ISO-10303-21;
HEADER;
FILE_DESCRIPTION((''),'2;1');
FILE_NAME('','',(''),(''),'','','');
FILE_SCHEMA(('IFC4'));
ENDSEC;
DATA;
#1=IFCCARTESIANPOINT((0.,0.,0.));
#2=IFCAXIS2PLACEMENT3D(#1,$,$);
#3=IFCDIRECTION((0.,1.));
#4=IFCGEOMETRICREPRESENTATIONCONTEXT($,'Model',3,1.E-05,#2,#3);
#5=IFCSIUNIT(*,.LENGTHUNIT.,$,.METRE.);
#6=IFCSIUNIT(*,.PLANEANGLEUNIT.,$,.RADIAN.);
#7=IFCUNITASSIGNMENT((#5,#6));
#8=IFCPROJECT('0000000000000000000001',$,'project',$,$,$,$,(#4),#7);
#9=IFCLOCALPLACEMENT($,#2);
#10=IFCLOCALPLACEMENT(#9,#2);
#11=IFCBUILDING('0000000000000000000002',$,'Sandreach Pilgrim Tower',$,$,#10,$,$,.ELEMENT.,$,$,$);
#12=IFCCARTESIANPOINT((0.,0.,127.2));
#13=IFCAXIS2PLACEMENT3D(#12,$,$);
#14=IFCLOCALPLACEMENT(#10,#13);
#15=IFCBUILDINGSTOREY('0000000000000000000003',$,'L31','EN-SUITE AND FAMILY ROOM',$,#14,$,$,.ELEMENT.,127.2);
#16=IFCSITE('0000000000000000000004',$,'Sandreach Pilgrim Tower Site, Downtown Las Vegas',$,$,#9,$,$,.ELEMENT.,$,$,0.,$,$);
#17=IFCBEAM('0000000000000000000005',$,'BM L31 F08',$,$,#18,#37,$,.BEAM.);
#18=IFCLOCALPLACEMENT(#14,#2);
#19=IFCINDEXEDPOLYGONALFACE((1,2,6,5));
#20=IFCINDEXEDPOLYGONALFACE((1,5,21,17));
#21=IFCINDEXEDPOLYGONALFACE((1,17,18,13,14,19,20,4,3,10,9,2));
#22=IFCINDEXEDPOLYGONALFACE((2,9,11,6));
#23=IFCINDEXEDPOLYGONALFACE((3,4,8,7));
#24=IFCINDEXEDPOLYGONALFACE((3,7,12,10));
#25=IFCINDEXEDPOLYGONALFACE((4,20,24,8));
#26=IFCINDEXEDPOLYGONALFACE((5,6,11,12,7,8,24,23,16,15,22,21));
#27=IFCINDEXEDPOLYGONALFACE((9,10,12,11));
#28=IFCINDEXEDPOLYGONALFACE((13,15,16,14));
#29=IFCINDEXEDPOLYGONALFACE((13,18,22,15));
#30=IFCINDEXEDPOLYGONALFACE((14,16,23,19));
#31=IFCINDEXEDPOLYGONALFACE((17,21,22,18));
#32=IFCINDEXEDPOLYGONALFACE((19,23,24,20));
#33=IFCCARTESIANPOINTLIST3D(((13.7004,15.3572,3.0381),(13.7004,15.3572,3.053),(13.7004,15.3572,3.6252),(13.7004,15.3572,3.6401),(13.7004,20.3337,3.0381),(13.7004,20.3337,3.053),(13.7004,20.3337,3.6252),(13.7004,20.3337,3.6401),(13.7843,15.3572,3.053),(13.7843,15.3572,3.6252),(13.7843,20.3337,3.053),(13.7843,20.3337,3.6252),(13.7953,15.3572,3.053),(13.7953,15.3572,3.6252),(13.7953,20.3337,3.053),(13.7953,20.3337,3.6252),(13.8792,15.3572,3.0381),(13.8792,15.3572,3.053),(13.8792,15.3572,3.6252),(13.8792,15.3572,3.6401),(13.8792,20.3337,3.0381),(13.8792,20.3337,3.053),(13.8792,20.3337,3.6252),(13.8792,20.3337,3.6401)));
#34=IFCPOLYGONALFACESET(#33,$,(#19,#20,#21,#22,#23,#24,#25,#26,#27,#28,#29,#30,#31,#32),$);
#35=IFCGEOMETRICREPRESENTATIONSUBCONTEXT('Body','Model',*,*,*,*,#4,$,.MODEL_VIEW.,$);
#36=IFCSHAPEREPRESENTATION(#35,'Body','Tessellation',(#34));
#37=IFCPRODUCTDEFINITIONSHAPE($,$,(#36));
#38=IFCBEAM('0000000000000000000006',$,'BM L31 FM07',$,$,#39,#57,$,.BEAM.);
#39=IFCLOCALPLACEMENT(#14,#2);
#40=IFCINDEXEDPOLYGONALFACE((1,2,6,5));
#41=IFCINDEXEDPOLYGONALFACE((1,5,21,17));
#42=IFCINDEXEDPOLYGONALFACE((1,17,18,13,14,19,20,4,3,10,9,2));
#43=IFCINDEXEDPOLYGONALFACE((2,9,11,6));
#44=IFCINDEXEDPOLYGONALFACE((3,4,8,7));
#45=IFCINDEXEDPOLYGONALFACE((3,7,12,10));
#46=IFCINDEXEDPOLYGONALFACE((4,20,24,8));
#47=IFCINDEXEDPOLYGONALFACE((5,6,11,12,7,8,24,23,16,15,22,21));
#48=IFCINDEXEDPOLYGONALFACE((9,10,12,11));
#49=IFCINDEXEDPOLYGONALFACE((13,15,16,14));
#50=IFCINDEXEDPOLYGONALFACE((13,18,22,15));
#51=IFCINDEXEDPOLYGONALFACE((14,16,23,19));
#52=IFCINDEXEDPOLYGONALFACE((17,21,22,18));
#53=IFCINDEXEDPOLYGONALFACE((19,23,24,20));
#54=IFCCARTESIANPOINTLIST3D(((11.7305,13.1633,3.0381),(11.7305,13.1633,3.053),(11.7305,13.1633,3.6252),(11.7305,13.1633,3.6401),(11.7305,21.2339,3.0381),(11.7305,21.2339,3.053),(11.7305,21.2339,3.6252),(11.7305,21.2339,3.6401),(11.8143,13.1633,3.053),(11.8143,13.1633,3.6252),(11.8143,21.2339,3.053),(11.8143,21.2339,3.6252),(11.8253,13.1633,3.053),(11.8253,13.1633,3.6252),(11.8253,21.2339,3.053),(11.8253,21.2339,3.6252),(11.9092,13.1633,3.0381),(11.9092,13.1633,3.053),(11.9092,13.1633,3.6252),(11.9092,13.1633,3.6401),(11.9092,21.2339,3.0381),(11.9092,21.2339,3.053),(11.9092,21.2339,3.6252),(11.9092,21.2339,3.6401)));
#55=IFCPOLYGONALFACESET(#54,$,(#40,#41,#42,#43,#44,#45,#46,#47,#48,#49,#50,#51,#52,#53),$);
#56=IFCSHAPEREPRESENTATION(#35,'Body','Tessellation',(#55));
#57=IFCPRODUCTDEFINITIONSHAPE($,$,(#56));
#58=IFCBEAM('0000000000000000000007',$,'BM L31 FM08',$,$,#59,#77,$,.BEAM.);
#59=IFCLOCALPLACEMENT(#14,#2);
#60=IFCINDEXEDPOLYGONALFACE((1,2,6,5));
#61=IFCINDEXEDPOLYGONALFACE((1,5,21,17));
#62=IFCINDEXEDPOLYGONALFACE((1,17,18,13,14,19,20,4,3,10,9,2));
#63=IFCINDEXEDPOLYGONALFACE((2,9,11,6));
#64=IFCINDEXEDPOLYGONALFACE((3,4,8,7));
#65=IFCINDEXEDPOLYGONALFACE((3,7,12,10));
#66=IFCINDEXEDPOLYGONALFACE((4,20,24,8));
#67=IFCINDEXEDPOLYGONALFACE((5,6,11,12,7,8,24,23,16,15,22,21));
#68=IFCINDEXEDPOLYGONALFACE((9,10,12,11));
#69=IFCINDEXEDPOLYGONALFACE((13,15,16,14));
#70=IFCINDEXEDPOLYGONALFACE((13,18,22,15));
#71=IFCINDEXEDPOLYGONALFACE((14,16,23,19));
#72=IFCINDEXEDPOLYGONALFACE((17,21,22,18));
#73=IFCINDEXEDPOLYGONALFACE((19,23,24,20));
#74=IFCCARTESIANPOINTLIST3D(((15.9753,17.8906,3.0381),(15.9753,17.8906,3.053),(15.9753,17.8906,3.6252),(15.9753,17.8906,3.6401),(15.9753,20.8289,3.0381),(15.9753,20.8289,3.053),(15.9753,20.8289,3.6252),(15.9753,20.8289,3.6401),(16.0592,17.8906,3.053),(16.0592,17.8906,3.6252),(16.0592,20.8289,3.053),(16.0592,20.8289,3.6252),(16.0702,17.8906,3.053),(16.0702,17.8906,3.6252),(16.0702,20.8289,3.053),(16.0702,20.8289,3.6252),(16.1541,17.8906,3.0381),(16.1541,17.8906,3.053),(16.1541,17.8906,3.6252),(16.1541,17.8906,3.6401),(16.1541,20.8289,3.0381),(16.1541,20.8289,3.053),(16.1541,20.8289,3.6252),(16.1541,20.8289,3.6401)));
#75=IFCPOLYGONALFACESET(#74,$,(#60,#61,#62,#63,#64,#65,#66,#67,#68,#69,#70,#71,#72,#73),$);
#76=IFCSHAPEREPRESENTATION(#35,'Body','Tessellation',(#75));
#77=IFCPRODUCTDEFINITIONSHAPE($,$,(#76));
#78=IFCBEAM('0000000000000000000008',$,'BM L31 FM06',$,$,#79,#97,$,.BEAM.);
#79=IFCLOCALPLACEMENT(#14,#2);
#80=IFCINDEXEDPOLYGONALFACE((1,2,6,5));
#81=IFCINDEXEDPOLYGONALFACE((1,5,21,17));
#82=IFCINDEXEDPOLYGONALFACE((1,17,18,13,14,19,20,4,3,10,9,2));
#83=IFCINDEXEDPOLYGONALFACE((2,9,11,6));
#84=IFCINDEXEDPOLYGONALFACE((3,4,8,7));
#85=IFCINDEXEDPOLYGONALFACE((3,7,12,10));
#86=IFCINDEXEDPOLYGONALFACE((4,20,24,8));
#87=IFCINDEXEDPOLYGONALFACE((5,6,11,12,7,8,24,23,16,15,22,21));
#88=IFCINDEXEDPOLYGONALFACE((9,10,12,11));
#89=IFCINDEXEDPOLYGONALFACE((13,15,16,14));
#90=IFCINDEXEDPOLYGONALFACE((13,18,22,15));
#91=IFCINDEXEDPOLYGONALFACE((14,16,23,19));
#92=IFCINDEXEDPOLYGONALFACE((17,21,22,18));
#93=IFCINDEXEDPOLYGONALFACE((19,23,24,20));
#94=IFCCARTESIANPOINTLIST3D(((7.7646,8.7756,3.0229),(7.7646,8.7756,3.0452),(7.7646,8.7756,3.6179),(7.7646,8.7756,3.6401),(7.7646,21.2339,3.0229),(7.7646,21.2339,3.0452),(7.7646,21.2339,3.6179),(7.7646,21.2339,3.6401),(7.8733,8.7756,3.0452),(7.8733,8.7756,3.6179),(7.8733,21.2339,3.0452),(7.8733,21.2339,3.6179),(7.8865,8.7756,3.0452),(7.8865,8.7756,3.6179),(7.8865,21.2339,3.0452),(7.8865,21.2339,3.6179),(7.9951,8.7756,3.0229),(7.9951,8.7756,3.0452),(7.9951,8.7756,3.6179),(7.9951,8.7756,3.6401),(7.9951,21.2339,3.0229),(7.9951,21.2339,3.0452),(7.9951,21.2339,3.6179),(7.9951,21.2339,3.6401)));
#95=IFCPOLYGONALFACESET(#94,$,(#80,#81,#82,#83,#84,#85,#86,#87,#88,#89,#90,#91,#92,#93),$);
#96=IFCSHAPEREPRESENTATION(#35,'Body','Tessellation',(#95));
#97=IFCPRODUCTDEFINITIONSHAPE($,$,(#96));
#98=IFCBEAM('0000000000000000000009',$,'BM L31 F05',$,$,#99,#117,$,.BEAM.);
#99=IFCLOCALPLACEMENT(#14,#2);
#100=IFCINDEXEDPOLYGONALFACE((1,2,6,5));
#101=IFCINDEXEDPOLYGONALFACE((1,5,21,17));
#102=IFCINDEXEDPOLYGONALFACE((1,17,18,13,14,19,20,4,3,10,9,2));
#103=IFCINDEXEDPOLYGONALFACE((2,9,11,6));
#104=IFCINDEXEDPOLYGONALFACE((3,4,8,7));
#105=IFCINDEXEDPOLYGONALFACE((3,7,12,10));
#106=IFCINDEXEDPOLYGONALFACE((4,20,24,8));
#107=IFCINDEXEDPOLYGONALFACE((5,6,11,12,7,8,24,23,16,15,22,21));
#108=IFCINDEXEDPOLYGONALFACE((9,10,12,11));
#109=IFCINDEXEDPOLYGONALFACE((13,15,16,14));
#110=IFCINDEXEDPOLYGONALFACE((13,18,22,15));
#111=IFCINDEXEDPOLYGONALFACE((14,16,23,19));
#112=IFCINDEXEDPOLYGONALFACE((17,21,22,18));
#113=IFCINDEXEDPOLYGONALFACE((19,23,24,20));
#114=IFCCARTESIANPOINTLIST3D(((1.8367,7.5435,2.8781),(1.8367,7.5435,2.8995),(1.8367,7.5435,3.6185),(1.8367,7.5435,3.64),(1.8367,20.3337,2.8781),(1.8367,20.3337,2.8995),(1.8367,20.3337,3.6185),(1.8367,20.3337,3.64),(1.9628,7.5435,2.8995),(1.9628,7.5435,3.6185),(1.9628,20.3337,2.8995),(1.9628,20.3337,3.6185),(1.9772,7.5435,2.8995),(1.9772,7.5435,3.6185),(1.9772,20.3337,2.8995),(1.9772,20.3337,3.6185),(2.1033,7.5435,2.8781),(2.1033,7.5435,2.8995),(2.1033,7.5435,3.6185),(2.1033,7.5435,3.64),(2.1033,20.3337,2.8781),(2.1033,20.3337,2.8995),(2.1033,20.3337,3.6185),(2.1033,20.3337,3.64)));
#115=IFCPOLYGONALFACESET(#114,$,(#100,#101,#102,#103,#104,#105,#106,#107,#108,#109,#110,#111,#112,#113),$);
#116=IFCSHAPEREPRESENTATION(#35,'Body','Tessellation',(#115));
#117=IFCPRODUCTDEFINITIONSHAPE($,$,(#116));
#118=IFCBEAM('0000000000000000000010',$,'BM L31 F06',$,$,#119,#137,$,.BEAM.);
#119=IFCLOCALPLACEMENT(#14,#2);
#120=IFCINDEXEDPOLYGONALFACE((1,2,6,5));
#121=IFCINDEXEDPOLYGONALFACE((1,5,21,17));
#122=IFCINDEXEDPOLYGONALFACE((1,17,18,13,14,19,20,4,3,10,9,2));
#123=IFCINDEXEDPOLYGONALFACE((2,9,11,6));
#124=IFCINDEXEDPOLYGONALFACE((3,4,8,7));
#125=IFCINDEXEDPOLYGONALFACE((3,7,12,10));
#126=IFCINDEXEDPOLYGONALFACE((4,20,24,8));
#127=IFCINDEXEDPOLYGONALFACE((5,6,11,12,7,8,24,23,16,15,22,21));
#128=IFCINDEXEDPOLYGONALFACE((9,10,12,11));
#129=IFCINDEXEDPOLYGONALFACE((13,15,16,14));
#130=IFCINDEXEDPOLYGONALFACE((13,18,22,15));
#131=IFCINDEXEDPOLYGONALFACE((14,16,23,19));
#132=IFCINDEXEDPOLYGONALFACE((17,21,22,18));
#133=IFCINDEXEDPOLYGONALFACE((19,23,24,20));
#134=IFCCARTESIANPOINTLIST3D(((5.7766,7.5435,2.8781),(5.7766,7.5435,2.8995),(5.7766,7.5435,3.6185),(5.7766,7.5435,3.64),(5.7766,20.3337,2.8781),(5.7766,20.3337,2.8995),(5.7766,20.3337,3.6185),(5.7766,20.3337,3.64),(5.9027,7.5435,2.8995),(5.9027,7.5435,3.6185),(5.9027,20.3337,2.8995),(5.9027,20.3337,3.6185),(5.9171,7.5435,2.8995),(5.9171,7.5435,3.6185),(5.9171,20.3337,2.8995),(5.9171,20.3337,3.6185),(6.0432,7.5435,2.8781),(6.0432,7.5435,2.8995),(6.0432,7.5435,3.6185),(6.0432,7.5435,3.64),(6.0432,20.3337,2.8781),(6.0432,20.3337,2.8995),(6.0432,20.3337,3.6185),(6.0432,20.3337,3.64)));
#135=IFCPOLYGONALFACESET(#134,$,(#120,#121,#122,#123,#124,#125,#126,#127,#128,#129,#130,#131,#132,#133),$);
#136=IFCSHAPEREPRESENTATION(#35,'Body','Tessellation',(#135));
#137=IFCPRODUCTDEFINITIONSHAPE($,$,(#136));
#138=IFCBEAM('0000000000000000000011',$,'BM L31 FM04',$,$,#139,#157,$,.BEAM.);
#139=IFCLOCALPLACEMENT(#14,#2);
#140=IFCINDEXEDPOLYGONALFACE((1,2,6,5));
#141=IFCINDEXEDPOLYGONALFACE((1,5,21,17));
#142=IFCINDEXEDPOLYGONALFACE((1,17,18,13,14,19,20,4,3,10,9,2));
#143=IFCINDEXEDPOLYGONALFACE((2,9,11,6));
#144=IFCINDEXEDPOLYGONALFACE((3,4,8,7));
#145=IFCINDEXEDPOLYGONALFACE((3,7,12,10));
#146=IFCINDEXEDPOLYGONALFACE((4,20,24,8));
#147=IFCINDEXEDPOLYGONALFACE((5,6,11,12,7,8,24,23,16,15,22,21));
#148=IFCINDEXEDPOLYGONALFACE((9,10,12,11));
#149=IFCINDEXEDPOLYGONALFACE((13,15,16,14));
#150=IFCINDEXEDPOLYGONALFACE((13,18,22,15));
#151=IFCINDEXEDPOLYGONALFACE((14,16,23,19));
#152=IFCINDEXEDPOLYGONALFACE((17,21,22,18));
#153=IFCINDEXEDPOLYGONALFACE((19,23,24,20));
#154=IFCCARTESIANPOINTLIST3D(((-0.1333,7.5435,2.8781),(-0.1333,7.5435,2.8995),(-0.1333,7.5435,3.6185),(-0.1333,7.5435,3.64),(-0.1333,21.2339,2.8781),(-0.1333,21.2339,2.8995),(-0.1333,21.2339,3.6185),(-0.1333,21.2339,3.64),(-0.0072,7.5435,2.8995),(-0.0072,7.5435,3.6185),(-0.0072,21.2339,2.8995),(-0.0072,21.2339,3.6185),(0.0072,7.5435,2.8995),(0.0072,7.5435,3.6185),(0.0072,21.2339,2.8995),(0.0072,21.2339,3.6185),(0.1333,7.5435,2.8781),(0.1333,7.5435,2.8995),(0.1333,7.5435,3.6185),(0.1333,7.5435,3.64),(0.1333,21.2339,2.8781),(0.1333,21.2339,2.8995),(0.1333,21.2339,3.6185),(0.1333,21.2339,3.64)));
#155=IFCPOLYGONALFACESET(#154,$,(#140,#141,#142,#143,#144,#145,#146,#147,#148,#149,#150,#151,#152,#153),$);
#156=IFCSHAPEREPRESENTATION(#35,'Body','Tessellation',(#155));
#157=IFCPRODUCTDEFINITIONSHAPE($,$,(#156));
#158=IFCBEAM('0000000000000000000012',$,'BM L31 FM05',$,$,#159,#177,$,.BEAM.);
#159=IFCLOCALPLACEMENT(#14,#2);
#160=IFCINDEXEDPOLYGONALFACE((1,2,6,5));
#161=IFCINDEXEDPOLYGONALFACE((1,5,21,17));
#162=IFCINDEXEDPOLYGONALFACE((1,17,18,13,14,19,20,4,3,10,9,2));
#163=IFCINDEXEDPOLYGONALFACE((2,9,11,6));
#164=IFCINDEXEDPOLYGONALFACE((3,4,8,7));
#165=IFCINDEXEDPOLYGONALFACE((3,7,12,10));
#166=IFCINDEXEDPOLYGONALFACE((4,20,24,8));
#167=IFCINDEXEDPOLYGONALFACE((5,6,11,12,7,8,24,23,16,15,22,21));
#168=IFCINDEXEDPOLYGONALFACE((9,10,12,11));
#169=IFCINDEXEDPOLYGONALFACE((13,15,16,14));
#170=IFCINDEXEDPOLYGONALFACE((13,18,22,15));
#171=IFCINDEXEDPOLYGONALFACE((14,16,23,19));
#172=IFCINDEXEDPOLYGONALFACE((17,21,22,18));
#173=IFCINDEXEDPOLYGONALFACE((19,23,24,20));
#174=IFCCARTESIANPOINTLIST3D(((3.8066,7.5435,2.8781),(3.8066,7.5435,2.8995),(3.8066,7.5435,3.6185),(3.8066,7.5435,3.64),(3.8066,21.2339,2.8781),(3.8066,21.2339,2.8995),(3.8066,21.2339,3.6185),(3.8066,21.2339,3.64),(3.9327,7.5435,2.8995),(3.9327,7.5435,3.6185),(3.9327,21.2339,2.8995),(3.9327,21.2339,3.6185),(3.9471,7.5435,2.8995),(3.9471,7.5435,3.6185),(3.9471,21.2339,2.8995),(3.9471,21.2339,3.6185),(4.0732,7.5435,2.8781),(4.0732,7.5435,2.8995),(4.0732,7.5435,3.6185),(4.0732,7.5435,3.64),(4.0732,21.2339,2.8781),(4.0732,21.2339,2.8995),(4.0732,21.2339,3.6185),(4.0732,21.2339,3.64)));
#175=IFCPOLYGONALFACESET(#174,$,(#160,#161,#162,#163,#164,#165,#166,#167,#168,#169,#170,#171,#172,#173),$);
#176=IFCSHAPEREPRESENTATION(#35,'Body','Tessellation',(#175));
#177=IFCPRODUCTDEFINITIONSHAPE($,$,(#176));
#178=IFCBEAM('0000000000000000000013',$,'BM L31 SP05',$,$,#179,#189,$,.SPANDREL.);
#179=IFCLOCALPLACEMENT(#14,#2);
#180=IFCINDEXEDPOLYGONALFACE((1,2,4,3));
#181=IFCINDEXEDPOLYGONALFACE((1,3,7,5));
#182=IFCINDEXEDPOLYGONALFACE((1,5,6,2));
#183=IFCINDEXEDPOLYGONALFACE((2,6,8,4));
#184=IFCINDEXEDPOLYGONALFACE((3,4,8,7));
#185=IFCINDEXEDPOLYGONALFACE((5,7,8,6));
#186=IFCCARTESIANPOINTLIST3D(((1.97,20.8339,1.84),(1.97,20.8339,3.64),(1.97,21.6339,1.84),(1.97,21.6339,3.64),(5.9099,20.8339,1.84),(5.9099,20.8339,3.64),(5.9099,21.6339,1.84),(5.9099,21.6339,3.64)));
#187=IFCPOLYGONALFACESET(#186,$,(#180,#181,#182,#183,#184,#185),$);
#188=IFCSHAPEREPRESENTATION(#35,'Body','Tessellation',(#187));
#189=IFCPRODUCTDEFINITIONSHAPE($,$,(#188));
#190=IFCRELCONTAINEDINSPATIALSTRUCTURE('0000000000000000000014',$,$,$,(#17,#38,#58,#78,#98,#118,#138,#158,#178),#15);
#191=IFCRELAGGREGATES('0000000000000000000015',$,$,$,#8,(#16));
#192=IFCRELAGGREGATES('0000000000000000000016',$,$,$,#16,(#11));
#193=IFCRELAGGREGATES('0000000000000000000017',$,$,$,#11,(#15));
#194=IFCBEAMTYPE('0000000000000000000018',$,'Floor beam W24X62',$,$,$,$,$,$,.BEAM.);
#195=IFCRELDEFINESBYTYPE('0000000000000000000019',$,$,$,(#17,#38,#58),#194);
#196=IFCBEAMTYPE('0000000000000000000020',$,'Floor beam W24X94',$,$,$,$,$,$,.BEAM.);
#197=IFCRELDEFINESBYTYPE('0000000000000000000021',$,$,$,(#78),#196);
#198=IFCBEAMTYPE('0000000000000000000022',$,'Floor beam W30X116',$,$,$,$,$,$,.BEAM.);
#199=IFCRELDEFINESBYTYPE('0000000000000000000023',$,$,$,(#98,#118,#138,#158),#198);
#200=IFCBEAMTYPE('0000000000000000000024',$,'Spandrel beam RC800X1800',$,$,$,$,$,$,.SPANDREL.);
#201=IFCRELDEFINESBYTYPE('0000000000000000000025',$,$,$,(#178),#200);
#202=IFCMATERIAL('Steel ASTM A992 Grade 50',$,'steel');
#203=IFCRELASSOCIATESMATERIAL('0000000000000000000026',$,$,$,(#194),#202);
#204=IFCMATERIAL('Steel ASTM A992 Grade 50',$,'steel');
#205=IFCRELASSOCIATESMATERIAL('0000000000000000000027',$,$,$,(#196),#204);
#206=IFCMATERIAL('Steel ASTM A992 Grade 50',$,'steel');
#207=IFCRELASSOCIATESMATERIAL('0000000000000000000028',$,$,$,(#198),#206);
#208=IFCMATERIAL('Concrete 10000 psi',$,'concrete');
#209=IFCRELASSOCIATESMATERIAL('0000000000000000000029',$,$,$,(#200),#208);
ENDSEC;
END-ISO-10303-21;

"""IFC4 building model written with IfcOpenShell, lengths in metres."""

from ifc_helpers import new_model, si_unit, direction, frame, origin, origin_2d, place, context, subcontext, project, spatial, rectangle, i_section, extrude, material, material_profile, profile_set, type_object, element, save


model = new_model("IFC4")

# Units and contexts
model_context = context("Model", 3, precision=1e-05, world=origin(), true_north=direction((0.0, 1.0)))
body_context = subcontext(model_context, "Body", "Model", "MODEL_VIEW")
ifc_project = project(units=[si_unit("LENGTHUNIT", "METRE"), si_unit("PLANEANGLEUNIT", "RADIAN")], contexts=[model_context])

# Site, building, storey
site_placement = place(None, origin())
site = spatial("IfcSite", under=ifc_project, at=site_placement, Name="Sandreach Pilgrim Tower Site, Downtown Las Vegas", CompositionType="ELEMENT", RefElevation=0.0)
building_placement = place(site_placement, origin())
building = spatial("IfcBuilding", under=site, at=building_placement, Name="Sandreach Pilgrim Tower", CompositionType="ELEMENT")
storey_placement = place(building_placement, frame((0.0, 0.0, 127.2)))
storey = spatial("IfcBuildingStorey", under=building, at=storey_placement, Name="L31", Description="EN-SUITE AND FAMILY ROOM", CompositionType="ELEMENT", Elevation=127.2)

# Beams
ifc_material_1 = material(Name="Steel ASTM A992 Grade 50", Category="steel")
ifc_material_profile_1 = material_profile(ifc_material_1, i_section(OverallWidth=0.1787, OverallDepth=0.6021, WebThickness=0.011, FlangeThickness=0.0149, at=origin_2d()), Name="W24X62")
ifc_profile_set_1 = profile_set([ifc_material_profile_1], Name="Steel ASTM A992 Grade 50")
beam_type_1 = type_object("IfcBeamType", Name="Floor beam W24X62", PredefinedType="BEAM", material=ifc_profile_set_1)
beam_1_placement = place(storey_placement, frame((13.7898, 20.3337, 3.3391), z_axis=(0.0, -1.0, 0.0), x_axis=(1.0, 0.0, 0.0)))
element("IfcBeam", 1, at=beam_1_placement, inside=storey, type_object=beam_type_1, Name="BM L31 F08", PredefinedType="BEAM", context=body_context, shape_type="SweptSolid", body=[
    extrude(i_section(OverallWidth=0.1787, OverallDepth=0.6021, WebThickness=0.011, FlangeThickness=0.0149, at=origin_2d()), origin(), (0.0, 0.0, 1.0), 4.9766),
])
beam_2_placement = place(storey_placement, frame((11.8198, 21.2339, 3.3391), z_axis=(0.0, -1.0, 0.0), x_axis=(1.0, 0.0, 0.0)))
element("IfcBeam", 2, at=beam_2_placement, inside=storey, type_object=beam_type_1, Name="BM L31 FM07", PredefinedType="BEAM", context=body_context, shape_type="SweptSolid", body=[
    extrude(i_section(OverallWidth=0.1787, OverallDepth=0.6021, WebThickness=0.011, FlangeThickness=0.0149, at=origin_2d()), origin(), (0.0, 0.0, 1.0), 8.0706),
])
beam_3_placement = place(storey_placement, frame((16.0647, 20.8289, 3.3391), z_axis=(0.0, -1.0, 0.0), x_axis=(1.0, 0.0, 0.0)))
element("IfcBeam", 3, at=beam_3_placement, inside=storey, type_object=beam_type_1, Name="BM L31 FM08", PredefinedType="BEAM", context=body_context, shape_type="SweptSolid", body=[
    extrude(i_section(OverallWidth=0.1787, OverallDepth=0.6021, WebThickness=0.011, FlangeThickness=0.0149, at=origin_2d()), origin(), (0.0, 0.0, 1.0), 2.9382),
])
ifc_material_2 = material(Name="Steel ASTM A992 Grade 50", Category="steel")
ifc_material_profile_2 = material_profile(ifc_material_2, i_section(OverallWidth=0.2305, OverallDepth=0.6172, WebThickness=0.0132, FlangeThickness=0.0222, at=origin_2d()), Name="W24X94")
ifc_profile_set_2 = profile_set([ifc_material_profile_2], Name="Steel ASTM A992 Grade 50")
beam_type_2 = type_object("IfcBeamType", Name="Floor beam W24X94", PredefinedType="BEAM", material=ifc_profile_set_2)
beam_4_placement = place(storey_placement, frame((7.8799, 21.2339, 3.3315), z_axis=(0.0, -1.0, 0.0), x_axis=(1.0, 0.0, 0.0)))
element("IfcBeam", 4, at=beam_4_placement, inside=storey, type_object=beam_type_2, Name="BM L31 FM06", PredefinedType="BEAM", context=body_context, shape_type="SweptSolid", body=[
    extrude(i_section(OverallWidth=0.2305, OverallDepth=0.6172, WebThickness=0.0132, FlangeThickness=0.0222, at=origin_2d()), origin(), (0.0, 0.0, 1.0), 12.4583),
])
ifc_material_3 = material(Name="Steel ASTM A992 Grade 50", Category="steel")
ifc_material_profile_3 = material_profile(ifc_material_3, i_section(OverallWidth=0.2666, OverallDepth=0.762, WebThickness=0.0144, FlangeThickness=0.0215, at=origin_2d()), Name="W30X116")
ifc_profile_set_3 = profile_set([ifc_material_profile_3], Name="Steel ASTM A992 Grade 50")
beam_type_3 = type_object("IfcBeamType", Name="Floor beam W30X116", PredefinedType="BEAM", material=ifc_profile_set_3)
for number, where, z_axis, x_axis, name in (
    (5, (1.97, 20.3337, 3.259), (0.0, -1.0, 0.0), (1.0, 0.0, 0.0), "BM L31 F05"),
    (6, (5.9099, 20.3337, 3.259), (0.0, -1.0, 0.0), (1.0, 0.0, 0.0), "BM L31 F06"),
):
    element("IfcBeam", number, at=place(storey_placement, frame(where, z_axis=z_axis, x_axis=x_axis)), inside=storey, type_object=beam_type_3, Name=name, PredefinedType="BEAM", context=body_context, shape_type="SweptSolid", body=[
        extrude(i_section(OverallWidth=0.2666, OverallDepth=0.762, WebThickness=0.0144, FlangeThickness=0.0215, at=origin_2d()), origin(), (0.0, 0.0, 1.0), 12.7903),
    ])
for number, where, z_axis, x_axis, name in (
    (7, (0.0, 21.2339, 3.259), (0.0, -1.0, 0.0), (1.0, 0.0, 0.0), "BM L31 FM04"),
    (8, (3.9399, 21.2339, 3.259), (0.0, -1.0, 0.0), (1.0, 0.0, 0.0), "BM L31 FM05"),
):
    element("IfcBeam", number, at=place(storey_placement, frame(where, z_axis=z_axis, x_axis=x_axis)), inside=storey, type_object=beam_type_3, Name=name, PredefinedType="BEAM", context=body_context, shape_type="SweptSolid", body=[
        extrude(i_section(OverallWidth=0.2666, OverallDepth=0.762, WebThickness=0.0144, FlangeThickness=0.0215, at=origin_2d()), origin(), (0.0, 0.0, 1.0), 13.6904),
    ])
ifc_material_4 = material(Name="Concrete 10000 psi", Category="concrete")
ifc_material_profile_4 = material_profile(ifc_material_4, rectangle(XDim=0.8, YDim=1.8, at=origin_2d()), Name="RC800X1800")
ifc_profile_set_4 = profile_set([ifc_material_profile_4], Name="Concrete 10000 psi")
beam_type_4 = type_object("IfcBeamType", Name="Spandrel beam RC800X1800", PredefinedType="SPANDREL", material=ifc_profile_set_4)
for number, where, z_axis, x_axis, name in (
    (9, (1.97, 21.2339, 2.74), (1.0, 0.0, 0.0), (0.0, 1.0, 0.0), "BM L31 SP05"),
):
    element("IfcBeam", number, at=place(storey_placement, frame(where, z_axis=z_axis, x_axis=x_axis)), inside=storey, type_object=beam_type_4, Name=name, PredefinedType="SPANDREL", context=body_context, shape_type="SweptSolid", body=[
        extrude(rectangle(XDim=0.8, YDim=1.8, at=origin_2d()), origin(), (0.0, 0.0, 1.0), 3.9399),
    ])

save(model, "model.ifc")
